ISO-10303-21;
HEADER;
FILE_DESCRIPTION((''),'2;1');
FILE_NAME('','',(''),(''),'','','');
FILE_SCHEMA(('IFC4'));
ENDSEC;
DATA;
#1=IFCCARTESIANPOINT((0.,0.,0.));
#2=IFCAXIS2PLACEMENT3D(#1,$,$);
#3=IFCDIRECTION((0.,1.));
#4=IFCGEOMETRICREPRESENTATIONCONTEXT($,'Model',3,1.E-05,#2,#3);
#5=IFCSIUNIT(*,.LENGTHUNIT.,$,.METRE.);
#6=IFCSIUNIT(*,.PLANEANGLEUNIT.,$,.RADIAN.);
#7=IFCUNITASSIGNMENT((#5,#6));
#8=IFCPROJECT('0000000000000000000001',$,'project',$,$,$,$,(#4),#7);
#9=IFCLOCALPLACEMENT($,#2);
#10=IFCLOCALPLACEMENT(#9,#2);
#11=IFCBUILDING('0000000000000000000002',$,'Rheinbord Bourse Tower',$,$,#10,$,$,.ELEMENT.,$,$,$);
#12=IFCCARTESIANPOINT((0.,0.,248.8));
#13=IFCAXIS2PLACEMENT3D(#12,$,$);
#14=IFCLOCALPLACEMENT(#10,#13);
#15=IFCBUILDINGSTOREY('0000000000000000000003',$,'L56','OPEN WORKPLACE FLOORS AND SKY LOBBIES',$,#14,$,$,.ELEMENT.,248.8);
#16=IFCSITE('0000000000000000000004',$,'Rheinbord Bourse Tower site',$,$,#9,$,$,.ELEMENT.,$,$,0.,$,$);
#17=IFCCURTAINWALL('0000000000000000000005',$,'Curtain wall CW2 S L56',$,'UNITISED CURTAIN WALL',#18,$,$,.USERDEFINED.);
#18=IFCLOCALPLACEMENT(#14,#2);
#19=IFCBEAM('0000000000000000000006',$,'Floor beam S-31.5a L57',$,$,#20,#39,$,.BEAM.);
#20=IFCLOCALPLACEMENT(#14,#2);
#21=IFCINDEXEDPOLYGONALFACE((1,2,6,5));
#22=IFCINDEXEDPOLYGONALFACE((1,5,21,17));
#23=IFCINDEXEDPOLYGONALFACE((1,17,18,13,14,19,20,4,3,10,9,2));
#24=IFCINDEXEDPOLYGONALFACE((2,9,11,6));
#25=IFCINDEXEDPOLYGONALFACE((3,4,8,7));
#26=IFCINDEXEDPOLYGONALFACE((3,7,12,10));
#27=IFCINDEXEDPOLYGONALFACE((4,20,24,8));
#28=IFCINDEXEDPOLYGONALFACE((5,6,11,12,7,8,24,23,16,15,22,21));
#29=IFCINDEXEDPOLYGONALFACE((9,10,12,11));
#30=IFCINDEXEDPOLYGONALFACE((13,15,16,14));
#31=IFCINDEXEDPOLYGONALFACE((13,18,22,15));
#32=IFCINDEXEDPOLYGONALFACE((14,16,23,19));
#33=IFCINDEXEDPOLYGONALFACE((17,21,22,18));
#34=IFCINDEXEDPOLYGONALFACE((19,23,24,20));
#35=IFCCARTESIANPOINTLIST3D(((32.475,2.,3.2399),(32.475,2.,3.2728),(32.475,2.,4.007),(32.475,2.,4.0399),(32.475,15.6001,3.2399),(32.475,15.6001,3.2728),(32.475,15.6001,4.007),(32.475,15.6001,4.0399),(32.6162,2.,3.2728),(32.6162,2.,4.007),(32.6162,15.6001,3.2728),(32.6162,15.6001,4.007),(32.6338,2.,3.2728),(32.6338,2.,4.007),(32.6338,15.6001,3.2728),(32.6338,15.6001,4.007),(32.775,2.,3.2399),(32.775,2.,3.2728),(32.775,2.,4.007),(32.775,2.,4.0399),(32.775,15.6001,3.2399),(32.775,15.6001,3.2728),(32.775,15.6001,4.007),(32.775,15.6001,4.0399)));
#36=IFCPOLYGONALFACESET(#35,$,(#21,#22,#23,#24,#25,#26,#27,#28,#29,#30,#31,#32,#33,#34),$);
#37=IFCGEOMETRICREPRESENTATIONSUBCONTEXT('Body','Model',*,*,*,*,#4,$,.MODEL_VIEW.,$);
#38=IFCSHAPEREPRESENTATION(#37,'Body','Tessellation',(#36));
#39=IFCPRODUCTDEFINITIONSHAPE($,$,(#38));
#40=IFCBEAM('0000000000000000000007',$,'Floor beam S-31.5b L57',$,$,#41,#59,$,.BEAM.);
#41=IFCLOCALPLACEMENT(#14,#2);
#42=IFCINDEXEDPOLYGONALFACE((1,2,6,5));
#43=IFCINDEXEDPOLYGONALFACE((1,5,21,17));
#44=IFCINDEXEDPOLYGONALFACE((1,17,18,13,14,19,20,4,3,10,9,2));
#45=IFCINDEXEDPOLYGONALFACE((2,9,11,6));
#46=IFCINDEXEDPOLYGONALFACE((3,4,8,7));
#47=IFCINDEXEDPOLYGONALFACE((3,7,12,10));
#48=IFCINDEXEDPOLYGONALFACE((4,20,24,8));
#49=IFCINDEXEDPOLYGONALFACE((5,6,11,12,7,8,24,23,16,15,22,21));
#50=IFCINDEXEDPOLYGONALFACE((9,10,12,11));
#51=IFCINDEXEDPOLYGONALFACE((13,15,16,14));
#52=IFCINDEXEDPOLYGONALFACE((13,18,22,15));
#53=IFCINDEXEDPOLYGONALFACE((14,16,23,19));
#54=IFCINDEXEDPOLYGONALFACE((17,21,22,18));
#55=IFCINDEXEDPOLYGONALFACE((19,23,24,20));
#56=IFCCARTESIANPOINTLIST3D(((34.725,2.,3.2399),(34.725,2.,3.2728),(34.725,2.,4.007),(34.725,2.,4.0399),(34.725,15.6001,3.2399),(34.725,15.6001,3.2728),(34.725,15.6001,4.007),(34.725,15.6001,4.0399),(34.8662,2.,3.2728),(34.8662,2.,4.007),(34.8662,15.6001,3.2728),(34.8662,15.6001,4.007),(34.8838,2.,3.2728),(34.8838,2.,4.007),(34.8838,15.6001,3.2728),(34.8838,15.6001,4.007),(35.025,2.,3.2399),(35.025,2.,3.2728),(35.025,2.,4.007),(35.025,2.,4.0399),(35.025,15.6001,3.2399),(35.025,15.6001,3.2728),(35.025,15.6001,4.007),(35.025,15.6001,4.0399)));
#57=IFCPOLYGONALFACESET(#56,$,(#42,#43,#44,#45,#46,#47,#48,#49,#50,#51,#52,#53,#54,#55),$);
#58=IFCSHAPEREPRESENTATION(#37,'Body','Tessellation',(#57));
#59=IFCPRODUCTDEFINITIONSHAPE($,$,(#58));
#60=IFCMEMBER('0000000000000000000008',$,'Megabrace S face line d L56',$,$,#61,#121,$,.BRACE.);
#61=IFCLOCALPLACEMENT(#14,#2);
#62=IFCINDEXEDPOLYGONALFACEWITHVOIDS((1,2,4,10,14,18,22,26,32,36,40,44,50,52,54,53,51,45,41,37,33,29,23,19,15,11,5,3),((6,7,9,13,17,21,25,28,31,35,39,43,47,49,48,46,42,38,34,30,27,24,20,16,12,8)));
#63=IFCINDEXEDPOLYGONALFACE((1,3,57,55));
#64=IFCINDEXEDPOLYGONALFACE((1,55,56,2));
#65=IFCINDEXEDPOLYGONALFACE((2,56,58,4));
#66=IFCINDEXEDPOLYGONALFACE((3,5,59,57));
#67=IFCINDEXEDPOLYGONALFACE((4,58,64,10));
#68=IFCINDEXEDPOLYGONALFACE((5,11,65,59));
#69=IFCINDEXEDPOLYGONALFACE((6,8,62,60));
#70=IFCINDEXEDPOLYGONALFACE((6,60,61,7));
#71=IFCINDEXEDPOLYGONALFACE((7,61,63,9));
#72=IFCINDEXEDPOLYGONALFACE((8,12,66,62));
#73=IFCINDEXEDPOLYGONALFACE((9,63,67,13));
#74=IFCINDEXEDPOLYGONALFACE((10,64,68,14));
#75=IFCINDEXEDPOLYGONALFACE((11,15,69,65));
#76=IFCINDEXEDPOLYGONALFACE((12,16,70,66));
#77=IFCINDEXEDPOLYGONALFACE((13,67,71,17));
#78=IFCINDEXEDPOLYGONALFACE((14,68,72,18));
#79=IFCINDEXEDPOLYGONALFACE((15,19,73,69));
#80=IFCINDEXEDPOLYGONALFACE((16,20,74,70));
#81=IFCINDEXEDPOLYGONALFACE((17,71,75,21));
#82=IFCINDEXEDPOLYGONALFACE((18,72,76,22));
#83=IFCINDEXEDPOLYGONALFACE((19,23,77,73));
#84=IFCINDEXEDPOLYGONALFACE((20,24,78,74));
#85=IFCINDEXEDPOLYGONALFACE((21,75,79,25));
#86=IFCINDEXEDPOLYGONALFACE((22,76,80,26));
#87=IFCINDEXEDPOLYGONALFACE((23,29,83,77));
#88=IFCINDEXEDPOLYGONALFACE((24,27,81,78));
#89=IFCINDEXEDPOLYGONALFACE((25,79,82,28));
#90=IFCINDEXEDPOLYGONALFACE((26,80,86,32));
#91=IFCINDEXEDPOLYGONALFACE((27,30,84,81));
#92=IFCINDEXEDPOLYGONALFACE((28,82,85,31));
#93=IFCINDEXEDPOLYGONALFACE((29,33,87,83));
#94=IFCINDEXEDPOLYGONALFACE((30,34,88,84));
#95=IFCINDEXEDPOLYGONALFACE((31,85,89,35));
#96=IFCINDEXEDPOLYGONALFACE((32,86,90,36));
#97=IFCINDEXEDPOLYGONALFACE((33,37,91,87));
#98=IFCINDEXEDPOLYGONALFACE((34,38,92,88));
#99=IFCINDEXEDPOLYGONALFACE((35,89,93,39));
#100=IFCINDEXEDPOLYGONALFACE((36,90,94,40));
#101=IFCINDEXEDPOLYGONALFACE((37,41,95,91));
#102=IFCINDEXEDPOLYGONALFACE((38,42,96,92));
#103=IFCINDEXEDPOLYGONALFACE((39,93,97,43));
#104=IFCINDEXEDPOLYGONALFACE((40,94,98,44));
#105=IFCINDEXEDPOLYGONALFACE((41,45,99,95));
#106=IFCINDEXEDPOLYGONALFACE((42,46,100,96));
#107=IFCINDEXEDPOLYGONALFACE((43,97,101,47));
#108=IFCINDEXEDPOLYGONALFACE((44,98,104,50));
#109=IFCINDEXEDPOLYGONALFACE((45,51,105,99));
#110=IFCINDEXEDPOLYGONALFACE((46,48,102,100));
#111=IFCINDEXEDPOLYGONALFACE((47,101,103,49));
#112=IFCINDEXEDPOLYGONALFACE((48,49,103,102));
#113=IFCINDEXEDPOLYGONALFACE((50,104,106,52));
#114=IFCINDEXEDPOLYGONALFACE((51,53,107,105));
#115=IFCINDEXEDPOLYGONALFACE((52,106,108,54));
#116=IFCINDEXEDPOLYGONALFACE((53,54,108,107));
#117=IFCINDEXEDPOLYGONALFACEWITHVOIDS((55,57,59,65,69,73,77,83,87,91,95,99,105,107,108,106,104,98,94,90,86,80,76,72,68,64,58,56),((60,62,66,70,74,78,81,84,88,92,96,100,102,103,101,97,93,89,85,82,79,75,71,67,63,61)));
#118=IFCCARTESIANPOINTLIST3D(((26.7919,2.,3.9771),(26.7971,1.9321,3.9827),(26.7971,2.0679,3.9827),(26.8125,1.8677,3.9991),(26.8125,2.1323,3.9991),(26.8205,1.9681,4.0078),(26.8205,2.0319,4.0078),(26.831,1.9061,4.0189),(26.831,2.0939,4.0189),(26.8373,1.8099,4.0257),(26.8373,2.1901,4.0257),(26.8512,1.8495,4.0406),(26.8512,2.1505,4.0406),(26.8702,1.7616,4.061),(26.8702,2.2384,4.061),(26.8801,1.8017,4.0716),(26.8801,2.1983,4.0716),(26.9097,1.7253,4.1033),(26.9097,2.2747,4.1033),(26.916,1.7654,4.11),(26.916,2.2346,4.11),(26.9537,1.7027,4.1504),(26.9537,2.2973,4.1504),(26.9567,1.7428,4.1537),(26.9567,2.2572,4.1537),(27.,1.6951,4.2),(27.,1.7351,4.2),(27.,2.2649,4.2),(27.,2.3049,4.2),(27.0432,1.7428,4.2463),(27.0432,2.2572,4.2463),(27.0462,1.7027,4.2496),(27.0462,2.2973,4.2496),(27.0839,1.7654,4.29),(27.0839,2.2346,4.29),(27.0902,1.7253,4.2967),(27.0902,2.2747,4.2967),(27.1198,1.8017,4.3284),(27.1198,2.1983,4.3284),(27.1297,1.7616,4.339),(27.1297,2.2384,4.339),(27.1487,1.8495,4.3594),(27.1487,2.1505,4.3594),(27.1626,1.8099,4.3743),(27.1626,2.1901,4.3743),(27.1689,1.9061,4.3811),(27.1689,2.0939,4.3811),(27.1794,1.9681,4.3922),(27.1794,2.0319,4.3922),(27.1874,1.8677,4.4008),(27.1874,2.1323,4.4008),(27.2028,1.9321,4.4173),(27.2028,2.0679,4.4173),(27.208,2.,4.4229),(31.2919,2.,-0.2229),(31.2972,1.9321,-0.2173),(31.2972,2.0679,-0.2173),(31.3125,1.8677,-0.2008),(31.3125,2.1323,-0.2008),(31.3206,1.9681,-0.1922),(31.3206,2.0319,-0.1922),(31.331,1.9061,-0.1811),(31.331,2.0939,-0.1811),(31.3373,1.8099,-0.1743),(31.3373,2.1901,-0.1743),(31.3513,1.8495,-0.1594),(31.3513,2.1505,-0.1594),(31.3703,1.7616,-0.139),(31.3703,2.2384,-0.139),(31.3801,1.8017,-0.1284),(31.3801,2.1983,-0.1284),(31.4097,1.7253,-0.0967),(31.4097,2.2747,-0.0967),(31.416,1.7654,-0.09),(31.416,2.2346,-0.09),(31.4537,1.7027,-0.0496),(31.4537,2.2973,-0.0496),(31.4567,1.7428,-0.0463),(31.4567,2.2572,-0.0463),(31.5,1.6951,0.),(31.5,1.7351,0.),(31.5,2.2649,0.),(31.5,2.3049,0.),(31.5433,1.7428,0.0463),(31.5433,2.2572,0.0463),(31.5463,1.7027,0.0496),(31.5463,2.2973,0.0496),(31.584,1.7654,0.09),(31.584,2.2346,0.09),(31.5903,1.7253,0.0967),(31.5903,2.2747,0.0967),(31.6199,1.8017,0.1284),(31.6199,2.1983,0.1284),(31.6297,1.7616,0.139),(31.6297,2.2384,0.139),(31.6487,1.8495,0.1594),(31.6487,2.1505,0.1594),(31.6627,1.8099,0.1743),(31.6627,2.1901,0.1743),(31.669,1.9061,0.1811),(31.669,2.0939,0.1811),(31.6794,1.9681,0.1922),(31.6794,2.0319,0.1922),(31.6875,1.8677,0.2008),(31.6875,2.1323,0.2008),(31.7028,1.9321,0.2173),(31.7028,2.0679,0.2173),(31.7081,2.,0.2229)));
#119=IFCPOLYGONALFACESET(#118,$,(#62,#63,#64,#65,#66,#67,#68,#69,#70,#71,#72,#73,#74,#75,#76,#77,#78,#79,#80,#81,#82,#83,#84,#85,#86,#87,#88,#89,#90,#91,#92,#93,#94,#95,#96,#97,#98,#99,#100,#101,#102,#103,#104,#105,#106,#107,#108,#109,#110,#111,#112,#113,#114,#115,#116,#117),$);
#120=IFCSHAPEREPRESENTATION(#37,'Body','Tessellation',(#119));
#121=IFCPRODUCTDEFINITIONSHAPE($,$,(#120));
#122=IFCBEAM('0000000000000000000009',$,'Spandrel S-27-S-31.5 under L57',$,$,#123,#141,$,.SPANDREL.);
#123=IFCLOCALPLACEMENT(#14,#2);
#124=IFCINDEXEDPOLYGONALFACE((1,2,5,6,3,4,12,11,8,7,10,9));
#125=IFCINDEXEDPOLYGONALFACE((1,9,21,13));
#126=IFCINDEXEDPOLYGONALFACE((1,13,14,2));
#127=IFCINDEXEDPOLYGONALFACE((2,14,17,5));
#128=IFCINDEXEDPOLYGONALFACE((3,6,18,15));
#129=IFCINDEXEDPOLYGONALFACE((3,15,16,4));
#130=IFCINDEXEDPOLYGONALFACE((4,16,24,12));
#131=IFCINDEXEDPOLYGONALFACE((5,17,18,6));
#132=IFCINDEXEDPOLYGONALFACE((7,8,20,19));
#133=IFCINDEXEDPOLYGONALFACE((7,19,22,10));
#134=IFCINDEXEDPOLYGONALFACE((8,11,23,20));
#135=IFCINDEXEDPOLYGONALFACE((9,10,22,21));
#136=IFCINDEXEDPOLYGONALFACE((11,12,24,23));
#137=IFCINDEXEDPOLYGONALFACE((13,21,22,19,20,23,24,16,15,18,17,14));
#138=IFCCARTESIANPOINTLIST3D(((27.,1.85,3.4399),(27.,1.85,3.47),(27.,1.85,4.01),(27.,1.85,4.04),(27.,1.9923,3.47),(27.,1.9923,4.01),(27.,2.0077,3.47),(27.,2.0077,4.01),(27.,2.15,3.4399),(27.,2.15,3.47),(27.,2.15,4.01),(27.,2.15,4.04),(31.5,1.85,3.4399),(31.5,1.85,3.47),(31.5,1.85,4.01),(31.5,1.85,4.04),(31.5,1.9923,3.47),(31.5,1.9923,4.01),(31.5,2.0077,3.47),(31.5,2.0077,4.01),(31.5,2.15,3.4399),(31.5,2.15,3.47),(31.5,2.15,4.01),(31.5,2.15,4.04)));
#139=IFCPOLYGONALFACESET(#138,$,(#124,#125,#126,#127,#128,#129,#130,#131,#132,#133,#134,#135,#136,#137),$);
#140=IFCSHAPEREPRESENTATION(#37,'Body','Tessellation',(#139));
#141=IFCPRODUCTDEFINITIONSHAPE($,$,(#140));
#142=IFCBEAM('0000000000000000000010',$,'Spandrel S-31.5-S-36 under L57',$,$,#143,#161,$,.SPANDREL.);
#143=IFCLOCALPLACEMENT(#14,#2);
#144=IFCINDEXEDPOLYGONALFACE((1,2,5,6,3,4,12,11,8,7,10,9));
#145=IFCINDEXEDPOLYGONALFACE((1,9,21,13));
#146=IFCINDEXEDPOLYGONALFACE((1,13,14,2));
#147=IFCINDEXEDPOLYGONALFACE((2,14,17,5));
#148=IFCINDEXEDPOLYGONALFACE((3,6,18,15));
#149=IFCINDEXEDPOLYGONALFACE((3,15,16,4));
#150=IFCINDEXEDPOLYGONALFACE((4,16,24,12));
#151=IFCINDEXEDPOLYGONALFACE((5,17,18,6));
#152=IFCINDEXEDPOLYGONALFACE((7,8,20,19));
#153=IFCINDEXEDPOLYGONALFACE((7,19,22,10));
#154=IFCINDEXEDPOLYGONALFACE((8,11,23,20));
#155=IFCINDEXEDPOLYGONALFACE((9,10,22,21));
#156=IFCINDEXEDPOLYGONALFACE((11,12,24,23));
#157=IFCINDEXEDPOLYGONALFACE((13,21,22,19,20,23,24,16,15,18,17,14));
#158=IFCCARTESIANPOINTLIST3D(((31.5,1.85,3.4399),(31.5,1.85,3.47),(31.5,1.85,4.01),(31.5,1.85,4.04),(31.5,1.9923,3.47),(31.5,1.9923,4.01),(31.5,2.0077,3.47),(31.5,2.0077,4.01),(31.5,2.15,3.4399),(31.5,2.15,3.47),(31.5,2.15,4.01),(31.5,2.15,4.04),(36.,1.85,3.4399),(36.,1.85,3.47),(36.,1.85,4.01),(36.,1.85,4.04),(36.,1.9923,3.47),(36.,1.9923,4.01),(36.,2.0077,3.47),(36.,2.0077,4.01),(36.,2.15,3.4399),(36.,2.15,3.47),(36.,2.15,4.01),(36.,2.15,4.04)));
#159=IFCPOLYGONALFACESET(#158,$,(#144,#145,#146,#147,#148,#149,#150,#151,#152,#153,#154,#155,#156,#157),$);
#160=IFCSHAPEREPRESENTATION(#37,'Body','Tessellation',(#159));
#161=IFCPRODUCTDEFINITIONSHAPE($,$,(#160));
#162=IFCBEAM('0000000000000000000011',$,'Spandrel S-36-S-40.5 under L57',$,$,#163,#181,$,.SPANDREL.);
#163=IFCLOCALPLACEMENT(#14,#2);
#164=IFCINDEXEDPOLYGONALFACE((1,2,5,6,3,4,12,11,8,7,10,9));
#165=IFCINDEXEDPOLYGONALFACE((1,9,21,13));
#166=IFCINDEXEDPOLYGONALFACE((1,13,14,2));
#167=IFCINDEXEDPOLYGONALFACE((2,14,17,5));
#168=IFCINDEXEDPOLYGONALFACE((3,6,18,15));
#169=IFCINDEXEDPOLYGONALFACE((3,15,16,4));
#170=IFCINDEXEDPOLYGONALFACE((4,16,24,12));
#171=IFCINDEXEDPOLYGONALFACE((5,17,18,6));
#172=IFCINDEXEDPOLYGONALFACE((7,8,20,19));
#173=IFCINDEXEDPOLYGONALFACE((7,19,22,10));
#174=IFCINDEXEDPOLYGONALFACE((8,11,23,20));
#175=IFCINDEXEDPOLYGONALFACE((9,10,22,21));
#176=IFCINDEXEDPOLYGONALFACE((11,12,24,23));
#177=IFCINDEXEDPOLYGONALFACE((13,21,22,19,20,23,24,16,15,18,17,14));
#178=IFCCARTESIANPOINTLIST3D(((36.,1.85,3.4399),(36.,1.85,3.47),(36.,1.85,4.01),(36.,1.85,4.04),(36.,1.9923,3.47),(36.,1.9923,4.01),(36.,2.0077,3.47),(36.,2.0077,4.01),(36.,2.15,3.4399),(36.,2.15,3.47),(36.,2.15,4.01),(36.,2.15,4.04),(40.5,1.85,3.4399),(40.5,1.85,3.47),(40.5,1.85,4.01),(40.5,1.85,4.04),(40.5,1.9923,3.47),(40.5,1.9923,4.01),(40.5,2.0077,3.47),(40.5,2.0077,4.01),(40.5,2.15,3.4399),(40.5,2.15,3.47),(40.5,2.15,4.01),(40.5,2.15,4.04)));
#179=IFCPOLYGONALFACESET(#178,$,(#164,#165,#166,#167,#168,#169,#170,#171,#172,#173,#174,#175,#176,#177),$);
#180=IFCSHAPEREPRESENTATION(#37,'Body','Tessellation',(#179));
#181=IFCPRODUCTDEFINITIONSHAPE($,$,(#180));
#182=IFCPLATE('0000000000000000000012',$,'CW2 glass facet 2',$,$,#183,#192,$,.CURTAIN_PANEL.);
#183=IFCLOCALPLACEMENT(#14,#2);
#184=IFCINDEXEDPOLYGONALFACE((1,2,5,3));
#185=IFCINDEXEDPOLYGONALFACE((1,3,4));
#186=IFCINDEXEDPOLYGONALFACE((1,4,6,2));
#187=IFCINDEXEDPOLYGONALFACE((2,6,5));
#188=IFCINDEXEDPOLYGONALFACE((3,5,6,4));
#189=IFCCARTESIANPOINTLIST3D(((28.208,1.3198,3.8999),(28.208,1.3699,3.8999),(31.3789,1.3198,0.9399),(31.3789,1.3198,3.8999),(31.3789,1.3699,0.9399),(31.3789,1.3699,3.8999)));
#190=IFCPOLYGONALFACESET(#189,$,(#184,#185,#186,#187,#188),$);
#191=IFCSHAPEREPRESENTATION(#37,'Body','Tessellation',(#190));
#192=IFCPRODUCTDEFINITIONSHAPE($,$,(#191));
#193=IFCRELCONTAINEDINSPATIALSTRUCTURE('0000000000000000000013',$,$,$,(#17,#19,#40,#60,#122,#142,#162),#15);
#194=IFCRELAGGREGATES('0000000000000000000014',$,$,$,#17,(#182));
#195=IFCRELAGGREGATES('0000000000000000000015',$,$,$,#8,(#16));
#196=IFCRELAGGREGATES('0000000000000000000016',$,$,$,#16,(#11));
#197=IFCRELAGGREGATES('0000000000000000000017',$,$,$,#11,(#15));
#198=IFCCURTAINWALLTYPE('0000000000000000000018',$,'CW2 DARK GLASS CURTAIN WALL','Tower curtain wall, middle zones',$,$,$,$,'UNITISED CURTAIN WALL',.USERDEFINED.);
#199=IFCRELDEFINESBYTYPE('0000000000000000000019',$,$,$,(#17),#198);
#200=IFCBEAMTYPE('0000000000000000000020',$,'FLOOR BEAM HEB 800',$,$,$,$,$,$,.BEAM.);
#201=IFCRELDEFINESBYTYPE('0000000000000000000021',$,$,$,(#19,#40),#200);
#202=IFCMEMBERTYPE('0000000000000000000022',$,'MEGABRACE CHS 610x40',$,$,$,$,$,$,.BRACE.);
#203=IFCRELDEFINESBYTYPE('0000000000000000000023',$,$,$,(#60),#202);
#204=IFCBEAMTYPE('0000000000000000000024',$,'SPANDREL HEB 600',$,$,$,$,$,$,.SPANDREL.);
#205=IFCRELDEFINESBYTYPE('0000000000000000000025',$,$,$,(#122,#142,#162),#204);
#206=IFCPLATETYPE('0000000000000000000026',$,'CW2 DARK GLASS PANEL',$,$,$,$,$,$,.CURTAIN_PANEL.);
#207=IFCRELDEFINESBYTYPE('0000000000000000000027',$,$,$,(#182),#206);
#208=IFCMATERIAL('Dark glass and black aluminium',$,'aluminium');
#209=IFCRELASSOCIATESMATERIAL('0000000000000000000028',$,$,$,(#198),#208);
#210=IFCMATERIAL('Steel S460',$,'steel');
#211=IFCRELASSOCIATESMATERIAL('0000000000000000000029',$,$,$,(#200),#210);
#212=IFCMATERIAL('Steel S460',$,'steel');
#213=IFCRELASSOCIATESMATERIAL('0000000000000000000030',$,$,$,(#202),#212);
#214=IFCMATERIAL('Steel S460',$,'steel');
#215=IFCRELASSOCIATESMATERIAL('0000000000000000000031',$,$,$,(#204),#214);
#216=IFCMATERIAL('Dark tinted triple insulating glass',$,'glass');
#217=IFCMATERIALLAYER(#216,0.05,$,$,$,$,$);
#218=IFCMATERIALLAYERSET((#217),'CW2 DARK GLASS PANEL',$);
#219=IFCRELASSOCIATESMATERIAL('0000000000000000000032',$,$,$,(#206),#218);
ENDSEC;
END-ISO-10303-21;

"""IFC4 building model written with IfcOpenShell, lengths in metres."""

from ifc_helpers import new_model, si_unit, direction, frame, origin, origin_2d, place, context, subcontext, project, spatial, polyline, hollow_circle, i_section, outline, extrude, material, layer, layer_set, material_profile, profile_set, type_object, element, aggregate, save


model = new_model("IFC4")

# Units and contexts
model_context = context("Model", 3, precision=1e-05, world=origin(), true_north=direction((0.0, 1.0)))
body_context = subcontext(model_context, "Body", "Model", "MODEL_VIEW")
ifc_project = project(units=[si_unit("LENGTHUNIT", "METRE"), si_unit("PLANEANGLEUNIT", "RADIAN")], contexts=[model_context])

# Site, building, storey
site_placement = place(None, origin())
site = spatial("IfcSite", under=ifc_project, at=site_placement, Name="Rheinbord Bourse Tower site", CompositionType="ELEMENT", RefElevation=0.0)
building_placement = place(site_placement, origin())
building = spatial("IfcBuilding", under=site, at=building_placement, Name="Rheinbord Bourse Tower", CompositionType="ELEMENT")
storey_placement = place(building_placement, frame((0.0, 0.0, 248.8)))
storey = spatial("IfcBuildingStorey", under=building, at=storey_placement, Name="L56", Description="OPEN WORKPLACE FLOORS AND SKY LOBBIES", CompositionType="ELEMENT", Elevation=248.8)

# Curtain wall
ifc_material_1 = material(Name="Dark glass and black aluminium", Category="aluminium")
curtain_wall_type = type_object("IfcCurtainWallType", Name="CW2 DARK GLASS CURTAIN WALL", Description="Tower curtain wall, middle zones", ElementType="UNITISED CURTAIN WALL", PredefinedType="USERDEFINED", material=ifc_material_1)
curtain_wall_placement = place(storey_placement, origin())
curtain_wall = element("IfcCurtainWall", 1, at=curtain_wall_placement, inside=storey, type_object=curtain_wall_type, Name="Curtain wall CW2 S L56", ObjectType="UNITISED CURTAIN WALL", PredefinedType="USERDEFINED")

# Beams
ifc_material_2 = material(Name="Steel S460", Category="steel")
ifc_material_profile_1 = material_profile(ifc_material_2, i_section(OverallWidth=0.3, OverallDepth=0.8, WebThickness=0.0176, FlangeThickness=0.033, at=origin_2d()), Name="HEB 800")
ifc_profile_set_1 = profile_set([ifc_material_profile_1], Name="Steel S460")
beam_type_1 = type_object("IfcBeamType", Name="FLOOR BEAM HEB 800", PredefinedType="BEAM", material=ifc_profile_set_1)
for number, where, z_axis, x_axis, name in (
    (2, (32.625, 2.0, 3.6399), (0.0, 1.0, 0.0), (-1.0, 0.0, 0.0), "Floor beam S-31.5a L57"),
    (3, (34.875, 2.0, 3.6399), (0.0, 1.0, 0.0), (-1.0, 0.0, 0.0), "Floor beam S-31.5b L57"),
):
    element("IfcBeam", number, at=place(storey_placement, frame(where, z_axis=z_axis, x_axis=x_axis)), inside=storey, type_object=beam_type_1, Name=name, PredefinedType="BEAM", context=body_context, shape_type="SweptSolid", body=[
        extrude(i_section(OverallWidth=0.3, OverallDepth=0.8, WebThickness=0.0176, FlangeThickness=0.033, at=origin_2d()), origin(), (0.0, 0.0, 1.0), 13.6001),
    ])

# Member
ifc_material_3 = material(Name="Steel S460", Category="steel")
ifc_material_profile_2 = material_profile(ifc_material_3, hollow_circle(Radius=0.3049, WallThickness=0.04, at=origin_2d()), Name="CHS 610x40")
ifc_profile_set_2 = profile_set([ifc_material_profile_2], Name="Steel S460")
member_type_1 = type_object("IfcMemberType", Name="MEGABRACE CHS 610x40", PredefinedType="BRACE", material=ifc_profile_set_2)
member_1_placement = place(storey_placement, frame((31.5, 2.0, 0.0), z_axis=(-0.731059, 0.0, 0.682314), x_axis=(0.0, -1.0, 0.0)))
element("IfcMember", 4, at=member_1_placement, inside=storey, type_object=member_type_1, Name="Megabrace S face line d L56", PredefinedType="BRACE", context=body_context, shape_type="SweptSolid", body=[
    extrude(hollow_circle(Radius=0.3049, WallThickness=0.04, at=origin_2d()), origin(), (0.0, 0.0, 1.0), 6.1555),
])

# Beams
ifc_material_4 = material(Name="Steel S460", Category="steel")
ifc_material_profile_3 = material_profile(ifc_material_4, i_section(OverallWidth=0.3, OverallDepth=0.6001, WebThickness=0.0154, FlangeThickness=0.03, at=origin_2d()), Name="HEB 600")
ifc_profile_set_3 = profile_set([ifc_material_profile_3], Name="Steel S460")
beam_type_2 = type_object("IfcBeamType", Name="SPANDREL HEB 600", PredefinedType="SPANDREL", material=ifc_profile_set_3)
for number, where, z_axis, x_axis, name in (
    (5, (27.0, 2.0, 3.74), (1.0, 0.0, 0.0), (0.0, 1.0, 0.0), "Spandrel S-27-S-31.5 under L57"),
    (6, (31.5, 2.0, 3.74), (1.0, 0.0, 0.0), (0.0, 1.0, 0.0), "Spandrel S-31.5-S-36 under L57"),
    (7, (36.0, 2.0, 3.74), (1.0, 0.0, 0.0), (0.0, 1.0, 0.0), "Spandrel S-36-S-40.5 under L57"),
):
    element("IfcBeam", number, at=place(storey_placement, frame(where, z_axis=z_axis, x_axis=x_axis)), inside=storey, type_object=beam_type_2, Name=name, PredefinedType="SPANDREL", context=body_context, shape_type="SweptSolid", body=[
        extrude(i_section(OverallWidth=0.3, OverallDepth=0.6001, WebThickness=0.0154, FlangeThickness=0.03, at=origin_2d()), origin(), (0.0, 0.0, 1.0), 4.5),
    ])

# Plate
ifc_material_5 = material(Name="Dark tinted triple insulating glass", Category="glass")
ifc_layer_1 = layer(ifc_material_5, 0.05)
ifc_layer_set_1 = layer_set([ifc_layer_1], Name="CW2 DARK GLASS PANEL")
plate_type = type_object("IfcPlateType", Name="CW2 DARK GLASS PANEL", PredefinedType="CURTAIN_PANEL", material=ifc_layer_set_1)
plate_1_placement = place(storey_placement, frame((31.3789, 1.3198, 3.8999), z_axis=(0.0, 1.0, 0.0), x_axis=(0.0, 0.0, -1.0)))
plate_1 = element("IfcPlate", 8, at=plate_1_placement, type_object=plate_type, Name="CW2 glass facet 2", PredefinedType="CURTAIN_PANEL", context=body_context, shape_type="SweptSolid", body=[
    extrude(outline(polyline([(0.0, 0.0), (2.96, 0.0), (0.0, 3.1709), (0.0, 0.0)])), origin(), (0.0, 0.0, 1.0), 0.05),
])
aggregate(curtain_wall, [plate_1])

save(model, "model.ifc")
